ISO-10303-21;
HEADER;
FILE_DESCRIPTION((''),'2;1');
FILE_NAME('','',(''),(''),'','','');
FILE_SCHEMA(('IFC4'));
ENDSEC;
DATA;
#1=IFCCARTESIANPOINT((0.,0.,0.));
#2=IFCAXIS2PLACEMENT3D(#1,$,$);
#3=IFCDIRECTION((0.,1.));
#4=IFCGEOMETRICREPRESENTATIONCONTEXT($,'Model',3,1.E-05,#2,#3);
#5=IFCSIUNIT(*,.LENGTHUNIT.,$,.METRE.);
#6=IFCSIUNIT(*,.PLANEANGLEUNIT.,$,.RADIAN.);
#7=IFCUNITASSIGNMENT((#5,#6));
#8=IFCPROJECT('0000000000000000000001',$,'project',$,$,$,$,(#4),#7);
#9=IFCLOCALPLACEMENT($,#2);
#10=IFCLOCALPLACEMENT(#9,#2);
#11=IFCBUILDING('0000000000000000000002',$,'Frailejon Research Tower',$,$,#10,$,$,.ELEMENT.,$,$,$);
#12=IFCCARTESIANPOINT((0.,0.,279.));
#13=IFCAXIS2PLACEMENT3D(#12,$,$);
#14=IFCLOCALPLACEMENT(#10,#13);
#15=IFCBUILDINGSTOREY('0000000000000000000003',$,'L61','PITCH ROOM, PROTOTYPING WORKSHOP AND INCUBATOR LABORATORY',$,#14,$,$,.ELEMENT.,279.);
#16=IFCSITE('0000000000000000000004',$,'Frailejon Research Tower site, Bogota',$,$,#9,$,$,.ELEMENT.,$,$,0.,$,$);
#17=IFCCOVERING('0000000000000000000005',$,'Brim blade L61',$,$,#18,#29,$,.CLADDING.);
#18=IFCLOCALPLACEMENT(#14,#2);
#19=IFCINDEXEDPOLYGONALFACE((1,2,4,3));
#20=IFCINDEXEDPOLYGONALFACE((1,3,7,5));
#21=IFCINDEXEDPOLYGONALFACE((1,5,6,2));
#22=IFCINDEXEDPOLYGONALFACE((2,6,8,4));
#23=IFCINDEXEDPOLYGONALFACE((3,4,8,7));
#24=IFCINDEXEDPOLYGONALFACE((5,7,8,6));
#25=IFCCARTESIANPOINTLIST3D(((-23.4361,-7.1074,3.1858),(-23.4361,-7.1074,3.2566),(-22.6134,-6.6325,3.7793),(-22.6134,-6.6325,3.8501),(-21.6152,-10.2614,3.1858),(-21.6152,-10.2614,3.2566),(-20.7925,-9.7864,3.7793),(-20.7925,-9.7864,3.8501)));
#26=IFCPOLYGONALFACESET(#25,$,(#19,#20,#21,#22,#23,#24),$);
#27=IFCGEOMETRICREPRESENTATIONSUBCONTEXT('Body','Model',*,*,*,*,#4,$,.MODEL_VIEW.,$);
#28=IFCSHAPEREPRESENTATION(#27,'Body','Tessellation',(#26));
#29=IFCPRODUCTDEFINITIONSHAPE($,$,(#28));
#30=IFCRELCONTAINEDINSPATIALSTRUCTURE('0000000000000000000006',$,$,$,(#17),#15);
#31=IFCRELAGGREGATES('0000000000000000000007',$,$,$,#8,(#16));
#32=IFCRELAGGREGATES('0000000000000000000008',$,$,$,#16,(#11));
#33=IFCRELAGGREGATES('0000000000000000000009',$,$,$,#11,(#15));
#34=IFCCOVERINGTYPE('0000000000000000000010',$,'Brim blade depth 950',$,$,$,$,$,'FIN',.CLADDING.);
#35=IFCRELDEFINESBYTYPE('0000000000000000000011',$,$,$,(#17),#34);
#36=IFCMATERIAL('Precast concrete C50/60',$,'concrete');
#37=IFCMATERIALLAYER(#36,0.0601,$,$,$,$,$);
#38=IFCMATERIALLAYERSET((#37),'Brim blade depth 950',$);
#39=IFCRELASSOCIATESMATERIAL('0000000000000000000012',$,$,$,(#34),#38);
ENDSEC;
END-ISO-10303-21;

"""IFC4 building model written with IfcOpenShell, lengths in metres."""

from ifc_helpers import new_model, si_unit, direction, frame, origin, place, context, subcontext, project, spatial, polyline, outline, extrude, material, layer, layer_set, type_object, element, save


model = new_model("IFC4")

# Units and contexts
model_context = context("Model", 3, precision=1e-05, world=origin(), true_north=direction((0.0, 1.0)))
body_context = subcontext(model_context, "Body", "Model", "MODEL_VIEW")
ifc_project = project(units=[si_unit("LENGTHUNIT", "METRE"), si_unit("PLANEANGLEUNIT", "RADIAN")], contexts=[model_context])

# Site, building, storey
site_placement = place(None, origin())
site = spatial("IfcSite", under=ifc_project, at=site_placement, Name="Frailejon Research Tower site, Bogota", CompositionType="ELEMENT", RefElevation=0.0)
building_placement = place(site_placement, origin())
building = spatial("IfcBuilding", under=site, at=building_placement, Name="Frailejon Research Tower", CompositionType="ELEMENT")
storey_placement = place(building_placement, frame((0.0, 0.0, 279.0)))
storey = spatial("IfcBuildingStorey", under=building, at=storey_placement, Name="L61", Description="PITCH ROOM, PROTOTYPING WORKSHOP AND INCUBATOR LABORATORY", CompositionType="ELEMENT", Elevation=279.0)

# Covering
ifc_material_1 = material(Name="Precast concrete C50/60", Category="concrete")
ifc_layer_1 = layer(ifc_material_1, 0.0601)
ifc_layer_set_1 = layer_set([ifc_layer_1], Name="Brim blade depth 950")
covering_type_1 = type_object("IfcCoveringType", Name="Brim blade depth 950", ElementType="FIN", PredefinedType="CLADDING", material=ifc_layer_set_1)
covering_1_placement = place(storey_placement, frame((-20.7925, -9.7864, 3.8501), z_axis=(-0.500008, 0.866021, 0.0), x_axis=(-0.866021, -0.500008, 0.0)))
element("IfcCovering", 1, at=covering_1_placement, inside=storey, type_object=covering_type_1, Name="Brim blade L61", PredefinedType="CLADDING", context=body_context, shape_type="SweptSolid", body=[
    extrude(outline(polyline([(0.0, -0.0708), (0.95, -0.6643), (0.95, -0.5935), (0.0, 0.0), (0.0, -0.0708)])), origin(), (0.0, 0.0, 1.0), 3.6418),
])

save(model, "model.ifc")
